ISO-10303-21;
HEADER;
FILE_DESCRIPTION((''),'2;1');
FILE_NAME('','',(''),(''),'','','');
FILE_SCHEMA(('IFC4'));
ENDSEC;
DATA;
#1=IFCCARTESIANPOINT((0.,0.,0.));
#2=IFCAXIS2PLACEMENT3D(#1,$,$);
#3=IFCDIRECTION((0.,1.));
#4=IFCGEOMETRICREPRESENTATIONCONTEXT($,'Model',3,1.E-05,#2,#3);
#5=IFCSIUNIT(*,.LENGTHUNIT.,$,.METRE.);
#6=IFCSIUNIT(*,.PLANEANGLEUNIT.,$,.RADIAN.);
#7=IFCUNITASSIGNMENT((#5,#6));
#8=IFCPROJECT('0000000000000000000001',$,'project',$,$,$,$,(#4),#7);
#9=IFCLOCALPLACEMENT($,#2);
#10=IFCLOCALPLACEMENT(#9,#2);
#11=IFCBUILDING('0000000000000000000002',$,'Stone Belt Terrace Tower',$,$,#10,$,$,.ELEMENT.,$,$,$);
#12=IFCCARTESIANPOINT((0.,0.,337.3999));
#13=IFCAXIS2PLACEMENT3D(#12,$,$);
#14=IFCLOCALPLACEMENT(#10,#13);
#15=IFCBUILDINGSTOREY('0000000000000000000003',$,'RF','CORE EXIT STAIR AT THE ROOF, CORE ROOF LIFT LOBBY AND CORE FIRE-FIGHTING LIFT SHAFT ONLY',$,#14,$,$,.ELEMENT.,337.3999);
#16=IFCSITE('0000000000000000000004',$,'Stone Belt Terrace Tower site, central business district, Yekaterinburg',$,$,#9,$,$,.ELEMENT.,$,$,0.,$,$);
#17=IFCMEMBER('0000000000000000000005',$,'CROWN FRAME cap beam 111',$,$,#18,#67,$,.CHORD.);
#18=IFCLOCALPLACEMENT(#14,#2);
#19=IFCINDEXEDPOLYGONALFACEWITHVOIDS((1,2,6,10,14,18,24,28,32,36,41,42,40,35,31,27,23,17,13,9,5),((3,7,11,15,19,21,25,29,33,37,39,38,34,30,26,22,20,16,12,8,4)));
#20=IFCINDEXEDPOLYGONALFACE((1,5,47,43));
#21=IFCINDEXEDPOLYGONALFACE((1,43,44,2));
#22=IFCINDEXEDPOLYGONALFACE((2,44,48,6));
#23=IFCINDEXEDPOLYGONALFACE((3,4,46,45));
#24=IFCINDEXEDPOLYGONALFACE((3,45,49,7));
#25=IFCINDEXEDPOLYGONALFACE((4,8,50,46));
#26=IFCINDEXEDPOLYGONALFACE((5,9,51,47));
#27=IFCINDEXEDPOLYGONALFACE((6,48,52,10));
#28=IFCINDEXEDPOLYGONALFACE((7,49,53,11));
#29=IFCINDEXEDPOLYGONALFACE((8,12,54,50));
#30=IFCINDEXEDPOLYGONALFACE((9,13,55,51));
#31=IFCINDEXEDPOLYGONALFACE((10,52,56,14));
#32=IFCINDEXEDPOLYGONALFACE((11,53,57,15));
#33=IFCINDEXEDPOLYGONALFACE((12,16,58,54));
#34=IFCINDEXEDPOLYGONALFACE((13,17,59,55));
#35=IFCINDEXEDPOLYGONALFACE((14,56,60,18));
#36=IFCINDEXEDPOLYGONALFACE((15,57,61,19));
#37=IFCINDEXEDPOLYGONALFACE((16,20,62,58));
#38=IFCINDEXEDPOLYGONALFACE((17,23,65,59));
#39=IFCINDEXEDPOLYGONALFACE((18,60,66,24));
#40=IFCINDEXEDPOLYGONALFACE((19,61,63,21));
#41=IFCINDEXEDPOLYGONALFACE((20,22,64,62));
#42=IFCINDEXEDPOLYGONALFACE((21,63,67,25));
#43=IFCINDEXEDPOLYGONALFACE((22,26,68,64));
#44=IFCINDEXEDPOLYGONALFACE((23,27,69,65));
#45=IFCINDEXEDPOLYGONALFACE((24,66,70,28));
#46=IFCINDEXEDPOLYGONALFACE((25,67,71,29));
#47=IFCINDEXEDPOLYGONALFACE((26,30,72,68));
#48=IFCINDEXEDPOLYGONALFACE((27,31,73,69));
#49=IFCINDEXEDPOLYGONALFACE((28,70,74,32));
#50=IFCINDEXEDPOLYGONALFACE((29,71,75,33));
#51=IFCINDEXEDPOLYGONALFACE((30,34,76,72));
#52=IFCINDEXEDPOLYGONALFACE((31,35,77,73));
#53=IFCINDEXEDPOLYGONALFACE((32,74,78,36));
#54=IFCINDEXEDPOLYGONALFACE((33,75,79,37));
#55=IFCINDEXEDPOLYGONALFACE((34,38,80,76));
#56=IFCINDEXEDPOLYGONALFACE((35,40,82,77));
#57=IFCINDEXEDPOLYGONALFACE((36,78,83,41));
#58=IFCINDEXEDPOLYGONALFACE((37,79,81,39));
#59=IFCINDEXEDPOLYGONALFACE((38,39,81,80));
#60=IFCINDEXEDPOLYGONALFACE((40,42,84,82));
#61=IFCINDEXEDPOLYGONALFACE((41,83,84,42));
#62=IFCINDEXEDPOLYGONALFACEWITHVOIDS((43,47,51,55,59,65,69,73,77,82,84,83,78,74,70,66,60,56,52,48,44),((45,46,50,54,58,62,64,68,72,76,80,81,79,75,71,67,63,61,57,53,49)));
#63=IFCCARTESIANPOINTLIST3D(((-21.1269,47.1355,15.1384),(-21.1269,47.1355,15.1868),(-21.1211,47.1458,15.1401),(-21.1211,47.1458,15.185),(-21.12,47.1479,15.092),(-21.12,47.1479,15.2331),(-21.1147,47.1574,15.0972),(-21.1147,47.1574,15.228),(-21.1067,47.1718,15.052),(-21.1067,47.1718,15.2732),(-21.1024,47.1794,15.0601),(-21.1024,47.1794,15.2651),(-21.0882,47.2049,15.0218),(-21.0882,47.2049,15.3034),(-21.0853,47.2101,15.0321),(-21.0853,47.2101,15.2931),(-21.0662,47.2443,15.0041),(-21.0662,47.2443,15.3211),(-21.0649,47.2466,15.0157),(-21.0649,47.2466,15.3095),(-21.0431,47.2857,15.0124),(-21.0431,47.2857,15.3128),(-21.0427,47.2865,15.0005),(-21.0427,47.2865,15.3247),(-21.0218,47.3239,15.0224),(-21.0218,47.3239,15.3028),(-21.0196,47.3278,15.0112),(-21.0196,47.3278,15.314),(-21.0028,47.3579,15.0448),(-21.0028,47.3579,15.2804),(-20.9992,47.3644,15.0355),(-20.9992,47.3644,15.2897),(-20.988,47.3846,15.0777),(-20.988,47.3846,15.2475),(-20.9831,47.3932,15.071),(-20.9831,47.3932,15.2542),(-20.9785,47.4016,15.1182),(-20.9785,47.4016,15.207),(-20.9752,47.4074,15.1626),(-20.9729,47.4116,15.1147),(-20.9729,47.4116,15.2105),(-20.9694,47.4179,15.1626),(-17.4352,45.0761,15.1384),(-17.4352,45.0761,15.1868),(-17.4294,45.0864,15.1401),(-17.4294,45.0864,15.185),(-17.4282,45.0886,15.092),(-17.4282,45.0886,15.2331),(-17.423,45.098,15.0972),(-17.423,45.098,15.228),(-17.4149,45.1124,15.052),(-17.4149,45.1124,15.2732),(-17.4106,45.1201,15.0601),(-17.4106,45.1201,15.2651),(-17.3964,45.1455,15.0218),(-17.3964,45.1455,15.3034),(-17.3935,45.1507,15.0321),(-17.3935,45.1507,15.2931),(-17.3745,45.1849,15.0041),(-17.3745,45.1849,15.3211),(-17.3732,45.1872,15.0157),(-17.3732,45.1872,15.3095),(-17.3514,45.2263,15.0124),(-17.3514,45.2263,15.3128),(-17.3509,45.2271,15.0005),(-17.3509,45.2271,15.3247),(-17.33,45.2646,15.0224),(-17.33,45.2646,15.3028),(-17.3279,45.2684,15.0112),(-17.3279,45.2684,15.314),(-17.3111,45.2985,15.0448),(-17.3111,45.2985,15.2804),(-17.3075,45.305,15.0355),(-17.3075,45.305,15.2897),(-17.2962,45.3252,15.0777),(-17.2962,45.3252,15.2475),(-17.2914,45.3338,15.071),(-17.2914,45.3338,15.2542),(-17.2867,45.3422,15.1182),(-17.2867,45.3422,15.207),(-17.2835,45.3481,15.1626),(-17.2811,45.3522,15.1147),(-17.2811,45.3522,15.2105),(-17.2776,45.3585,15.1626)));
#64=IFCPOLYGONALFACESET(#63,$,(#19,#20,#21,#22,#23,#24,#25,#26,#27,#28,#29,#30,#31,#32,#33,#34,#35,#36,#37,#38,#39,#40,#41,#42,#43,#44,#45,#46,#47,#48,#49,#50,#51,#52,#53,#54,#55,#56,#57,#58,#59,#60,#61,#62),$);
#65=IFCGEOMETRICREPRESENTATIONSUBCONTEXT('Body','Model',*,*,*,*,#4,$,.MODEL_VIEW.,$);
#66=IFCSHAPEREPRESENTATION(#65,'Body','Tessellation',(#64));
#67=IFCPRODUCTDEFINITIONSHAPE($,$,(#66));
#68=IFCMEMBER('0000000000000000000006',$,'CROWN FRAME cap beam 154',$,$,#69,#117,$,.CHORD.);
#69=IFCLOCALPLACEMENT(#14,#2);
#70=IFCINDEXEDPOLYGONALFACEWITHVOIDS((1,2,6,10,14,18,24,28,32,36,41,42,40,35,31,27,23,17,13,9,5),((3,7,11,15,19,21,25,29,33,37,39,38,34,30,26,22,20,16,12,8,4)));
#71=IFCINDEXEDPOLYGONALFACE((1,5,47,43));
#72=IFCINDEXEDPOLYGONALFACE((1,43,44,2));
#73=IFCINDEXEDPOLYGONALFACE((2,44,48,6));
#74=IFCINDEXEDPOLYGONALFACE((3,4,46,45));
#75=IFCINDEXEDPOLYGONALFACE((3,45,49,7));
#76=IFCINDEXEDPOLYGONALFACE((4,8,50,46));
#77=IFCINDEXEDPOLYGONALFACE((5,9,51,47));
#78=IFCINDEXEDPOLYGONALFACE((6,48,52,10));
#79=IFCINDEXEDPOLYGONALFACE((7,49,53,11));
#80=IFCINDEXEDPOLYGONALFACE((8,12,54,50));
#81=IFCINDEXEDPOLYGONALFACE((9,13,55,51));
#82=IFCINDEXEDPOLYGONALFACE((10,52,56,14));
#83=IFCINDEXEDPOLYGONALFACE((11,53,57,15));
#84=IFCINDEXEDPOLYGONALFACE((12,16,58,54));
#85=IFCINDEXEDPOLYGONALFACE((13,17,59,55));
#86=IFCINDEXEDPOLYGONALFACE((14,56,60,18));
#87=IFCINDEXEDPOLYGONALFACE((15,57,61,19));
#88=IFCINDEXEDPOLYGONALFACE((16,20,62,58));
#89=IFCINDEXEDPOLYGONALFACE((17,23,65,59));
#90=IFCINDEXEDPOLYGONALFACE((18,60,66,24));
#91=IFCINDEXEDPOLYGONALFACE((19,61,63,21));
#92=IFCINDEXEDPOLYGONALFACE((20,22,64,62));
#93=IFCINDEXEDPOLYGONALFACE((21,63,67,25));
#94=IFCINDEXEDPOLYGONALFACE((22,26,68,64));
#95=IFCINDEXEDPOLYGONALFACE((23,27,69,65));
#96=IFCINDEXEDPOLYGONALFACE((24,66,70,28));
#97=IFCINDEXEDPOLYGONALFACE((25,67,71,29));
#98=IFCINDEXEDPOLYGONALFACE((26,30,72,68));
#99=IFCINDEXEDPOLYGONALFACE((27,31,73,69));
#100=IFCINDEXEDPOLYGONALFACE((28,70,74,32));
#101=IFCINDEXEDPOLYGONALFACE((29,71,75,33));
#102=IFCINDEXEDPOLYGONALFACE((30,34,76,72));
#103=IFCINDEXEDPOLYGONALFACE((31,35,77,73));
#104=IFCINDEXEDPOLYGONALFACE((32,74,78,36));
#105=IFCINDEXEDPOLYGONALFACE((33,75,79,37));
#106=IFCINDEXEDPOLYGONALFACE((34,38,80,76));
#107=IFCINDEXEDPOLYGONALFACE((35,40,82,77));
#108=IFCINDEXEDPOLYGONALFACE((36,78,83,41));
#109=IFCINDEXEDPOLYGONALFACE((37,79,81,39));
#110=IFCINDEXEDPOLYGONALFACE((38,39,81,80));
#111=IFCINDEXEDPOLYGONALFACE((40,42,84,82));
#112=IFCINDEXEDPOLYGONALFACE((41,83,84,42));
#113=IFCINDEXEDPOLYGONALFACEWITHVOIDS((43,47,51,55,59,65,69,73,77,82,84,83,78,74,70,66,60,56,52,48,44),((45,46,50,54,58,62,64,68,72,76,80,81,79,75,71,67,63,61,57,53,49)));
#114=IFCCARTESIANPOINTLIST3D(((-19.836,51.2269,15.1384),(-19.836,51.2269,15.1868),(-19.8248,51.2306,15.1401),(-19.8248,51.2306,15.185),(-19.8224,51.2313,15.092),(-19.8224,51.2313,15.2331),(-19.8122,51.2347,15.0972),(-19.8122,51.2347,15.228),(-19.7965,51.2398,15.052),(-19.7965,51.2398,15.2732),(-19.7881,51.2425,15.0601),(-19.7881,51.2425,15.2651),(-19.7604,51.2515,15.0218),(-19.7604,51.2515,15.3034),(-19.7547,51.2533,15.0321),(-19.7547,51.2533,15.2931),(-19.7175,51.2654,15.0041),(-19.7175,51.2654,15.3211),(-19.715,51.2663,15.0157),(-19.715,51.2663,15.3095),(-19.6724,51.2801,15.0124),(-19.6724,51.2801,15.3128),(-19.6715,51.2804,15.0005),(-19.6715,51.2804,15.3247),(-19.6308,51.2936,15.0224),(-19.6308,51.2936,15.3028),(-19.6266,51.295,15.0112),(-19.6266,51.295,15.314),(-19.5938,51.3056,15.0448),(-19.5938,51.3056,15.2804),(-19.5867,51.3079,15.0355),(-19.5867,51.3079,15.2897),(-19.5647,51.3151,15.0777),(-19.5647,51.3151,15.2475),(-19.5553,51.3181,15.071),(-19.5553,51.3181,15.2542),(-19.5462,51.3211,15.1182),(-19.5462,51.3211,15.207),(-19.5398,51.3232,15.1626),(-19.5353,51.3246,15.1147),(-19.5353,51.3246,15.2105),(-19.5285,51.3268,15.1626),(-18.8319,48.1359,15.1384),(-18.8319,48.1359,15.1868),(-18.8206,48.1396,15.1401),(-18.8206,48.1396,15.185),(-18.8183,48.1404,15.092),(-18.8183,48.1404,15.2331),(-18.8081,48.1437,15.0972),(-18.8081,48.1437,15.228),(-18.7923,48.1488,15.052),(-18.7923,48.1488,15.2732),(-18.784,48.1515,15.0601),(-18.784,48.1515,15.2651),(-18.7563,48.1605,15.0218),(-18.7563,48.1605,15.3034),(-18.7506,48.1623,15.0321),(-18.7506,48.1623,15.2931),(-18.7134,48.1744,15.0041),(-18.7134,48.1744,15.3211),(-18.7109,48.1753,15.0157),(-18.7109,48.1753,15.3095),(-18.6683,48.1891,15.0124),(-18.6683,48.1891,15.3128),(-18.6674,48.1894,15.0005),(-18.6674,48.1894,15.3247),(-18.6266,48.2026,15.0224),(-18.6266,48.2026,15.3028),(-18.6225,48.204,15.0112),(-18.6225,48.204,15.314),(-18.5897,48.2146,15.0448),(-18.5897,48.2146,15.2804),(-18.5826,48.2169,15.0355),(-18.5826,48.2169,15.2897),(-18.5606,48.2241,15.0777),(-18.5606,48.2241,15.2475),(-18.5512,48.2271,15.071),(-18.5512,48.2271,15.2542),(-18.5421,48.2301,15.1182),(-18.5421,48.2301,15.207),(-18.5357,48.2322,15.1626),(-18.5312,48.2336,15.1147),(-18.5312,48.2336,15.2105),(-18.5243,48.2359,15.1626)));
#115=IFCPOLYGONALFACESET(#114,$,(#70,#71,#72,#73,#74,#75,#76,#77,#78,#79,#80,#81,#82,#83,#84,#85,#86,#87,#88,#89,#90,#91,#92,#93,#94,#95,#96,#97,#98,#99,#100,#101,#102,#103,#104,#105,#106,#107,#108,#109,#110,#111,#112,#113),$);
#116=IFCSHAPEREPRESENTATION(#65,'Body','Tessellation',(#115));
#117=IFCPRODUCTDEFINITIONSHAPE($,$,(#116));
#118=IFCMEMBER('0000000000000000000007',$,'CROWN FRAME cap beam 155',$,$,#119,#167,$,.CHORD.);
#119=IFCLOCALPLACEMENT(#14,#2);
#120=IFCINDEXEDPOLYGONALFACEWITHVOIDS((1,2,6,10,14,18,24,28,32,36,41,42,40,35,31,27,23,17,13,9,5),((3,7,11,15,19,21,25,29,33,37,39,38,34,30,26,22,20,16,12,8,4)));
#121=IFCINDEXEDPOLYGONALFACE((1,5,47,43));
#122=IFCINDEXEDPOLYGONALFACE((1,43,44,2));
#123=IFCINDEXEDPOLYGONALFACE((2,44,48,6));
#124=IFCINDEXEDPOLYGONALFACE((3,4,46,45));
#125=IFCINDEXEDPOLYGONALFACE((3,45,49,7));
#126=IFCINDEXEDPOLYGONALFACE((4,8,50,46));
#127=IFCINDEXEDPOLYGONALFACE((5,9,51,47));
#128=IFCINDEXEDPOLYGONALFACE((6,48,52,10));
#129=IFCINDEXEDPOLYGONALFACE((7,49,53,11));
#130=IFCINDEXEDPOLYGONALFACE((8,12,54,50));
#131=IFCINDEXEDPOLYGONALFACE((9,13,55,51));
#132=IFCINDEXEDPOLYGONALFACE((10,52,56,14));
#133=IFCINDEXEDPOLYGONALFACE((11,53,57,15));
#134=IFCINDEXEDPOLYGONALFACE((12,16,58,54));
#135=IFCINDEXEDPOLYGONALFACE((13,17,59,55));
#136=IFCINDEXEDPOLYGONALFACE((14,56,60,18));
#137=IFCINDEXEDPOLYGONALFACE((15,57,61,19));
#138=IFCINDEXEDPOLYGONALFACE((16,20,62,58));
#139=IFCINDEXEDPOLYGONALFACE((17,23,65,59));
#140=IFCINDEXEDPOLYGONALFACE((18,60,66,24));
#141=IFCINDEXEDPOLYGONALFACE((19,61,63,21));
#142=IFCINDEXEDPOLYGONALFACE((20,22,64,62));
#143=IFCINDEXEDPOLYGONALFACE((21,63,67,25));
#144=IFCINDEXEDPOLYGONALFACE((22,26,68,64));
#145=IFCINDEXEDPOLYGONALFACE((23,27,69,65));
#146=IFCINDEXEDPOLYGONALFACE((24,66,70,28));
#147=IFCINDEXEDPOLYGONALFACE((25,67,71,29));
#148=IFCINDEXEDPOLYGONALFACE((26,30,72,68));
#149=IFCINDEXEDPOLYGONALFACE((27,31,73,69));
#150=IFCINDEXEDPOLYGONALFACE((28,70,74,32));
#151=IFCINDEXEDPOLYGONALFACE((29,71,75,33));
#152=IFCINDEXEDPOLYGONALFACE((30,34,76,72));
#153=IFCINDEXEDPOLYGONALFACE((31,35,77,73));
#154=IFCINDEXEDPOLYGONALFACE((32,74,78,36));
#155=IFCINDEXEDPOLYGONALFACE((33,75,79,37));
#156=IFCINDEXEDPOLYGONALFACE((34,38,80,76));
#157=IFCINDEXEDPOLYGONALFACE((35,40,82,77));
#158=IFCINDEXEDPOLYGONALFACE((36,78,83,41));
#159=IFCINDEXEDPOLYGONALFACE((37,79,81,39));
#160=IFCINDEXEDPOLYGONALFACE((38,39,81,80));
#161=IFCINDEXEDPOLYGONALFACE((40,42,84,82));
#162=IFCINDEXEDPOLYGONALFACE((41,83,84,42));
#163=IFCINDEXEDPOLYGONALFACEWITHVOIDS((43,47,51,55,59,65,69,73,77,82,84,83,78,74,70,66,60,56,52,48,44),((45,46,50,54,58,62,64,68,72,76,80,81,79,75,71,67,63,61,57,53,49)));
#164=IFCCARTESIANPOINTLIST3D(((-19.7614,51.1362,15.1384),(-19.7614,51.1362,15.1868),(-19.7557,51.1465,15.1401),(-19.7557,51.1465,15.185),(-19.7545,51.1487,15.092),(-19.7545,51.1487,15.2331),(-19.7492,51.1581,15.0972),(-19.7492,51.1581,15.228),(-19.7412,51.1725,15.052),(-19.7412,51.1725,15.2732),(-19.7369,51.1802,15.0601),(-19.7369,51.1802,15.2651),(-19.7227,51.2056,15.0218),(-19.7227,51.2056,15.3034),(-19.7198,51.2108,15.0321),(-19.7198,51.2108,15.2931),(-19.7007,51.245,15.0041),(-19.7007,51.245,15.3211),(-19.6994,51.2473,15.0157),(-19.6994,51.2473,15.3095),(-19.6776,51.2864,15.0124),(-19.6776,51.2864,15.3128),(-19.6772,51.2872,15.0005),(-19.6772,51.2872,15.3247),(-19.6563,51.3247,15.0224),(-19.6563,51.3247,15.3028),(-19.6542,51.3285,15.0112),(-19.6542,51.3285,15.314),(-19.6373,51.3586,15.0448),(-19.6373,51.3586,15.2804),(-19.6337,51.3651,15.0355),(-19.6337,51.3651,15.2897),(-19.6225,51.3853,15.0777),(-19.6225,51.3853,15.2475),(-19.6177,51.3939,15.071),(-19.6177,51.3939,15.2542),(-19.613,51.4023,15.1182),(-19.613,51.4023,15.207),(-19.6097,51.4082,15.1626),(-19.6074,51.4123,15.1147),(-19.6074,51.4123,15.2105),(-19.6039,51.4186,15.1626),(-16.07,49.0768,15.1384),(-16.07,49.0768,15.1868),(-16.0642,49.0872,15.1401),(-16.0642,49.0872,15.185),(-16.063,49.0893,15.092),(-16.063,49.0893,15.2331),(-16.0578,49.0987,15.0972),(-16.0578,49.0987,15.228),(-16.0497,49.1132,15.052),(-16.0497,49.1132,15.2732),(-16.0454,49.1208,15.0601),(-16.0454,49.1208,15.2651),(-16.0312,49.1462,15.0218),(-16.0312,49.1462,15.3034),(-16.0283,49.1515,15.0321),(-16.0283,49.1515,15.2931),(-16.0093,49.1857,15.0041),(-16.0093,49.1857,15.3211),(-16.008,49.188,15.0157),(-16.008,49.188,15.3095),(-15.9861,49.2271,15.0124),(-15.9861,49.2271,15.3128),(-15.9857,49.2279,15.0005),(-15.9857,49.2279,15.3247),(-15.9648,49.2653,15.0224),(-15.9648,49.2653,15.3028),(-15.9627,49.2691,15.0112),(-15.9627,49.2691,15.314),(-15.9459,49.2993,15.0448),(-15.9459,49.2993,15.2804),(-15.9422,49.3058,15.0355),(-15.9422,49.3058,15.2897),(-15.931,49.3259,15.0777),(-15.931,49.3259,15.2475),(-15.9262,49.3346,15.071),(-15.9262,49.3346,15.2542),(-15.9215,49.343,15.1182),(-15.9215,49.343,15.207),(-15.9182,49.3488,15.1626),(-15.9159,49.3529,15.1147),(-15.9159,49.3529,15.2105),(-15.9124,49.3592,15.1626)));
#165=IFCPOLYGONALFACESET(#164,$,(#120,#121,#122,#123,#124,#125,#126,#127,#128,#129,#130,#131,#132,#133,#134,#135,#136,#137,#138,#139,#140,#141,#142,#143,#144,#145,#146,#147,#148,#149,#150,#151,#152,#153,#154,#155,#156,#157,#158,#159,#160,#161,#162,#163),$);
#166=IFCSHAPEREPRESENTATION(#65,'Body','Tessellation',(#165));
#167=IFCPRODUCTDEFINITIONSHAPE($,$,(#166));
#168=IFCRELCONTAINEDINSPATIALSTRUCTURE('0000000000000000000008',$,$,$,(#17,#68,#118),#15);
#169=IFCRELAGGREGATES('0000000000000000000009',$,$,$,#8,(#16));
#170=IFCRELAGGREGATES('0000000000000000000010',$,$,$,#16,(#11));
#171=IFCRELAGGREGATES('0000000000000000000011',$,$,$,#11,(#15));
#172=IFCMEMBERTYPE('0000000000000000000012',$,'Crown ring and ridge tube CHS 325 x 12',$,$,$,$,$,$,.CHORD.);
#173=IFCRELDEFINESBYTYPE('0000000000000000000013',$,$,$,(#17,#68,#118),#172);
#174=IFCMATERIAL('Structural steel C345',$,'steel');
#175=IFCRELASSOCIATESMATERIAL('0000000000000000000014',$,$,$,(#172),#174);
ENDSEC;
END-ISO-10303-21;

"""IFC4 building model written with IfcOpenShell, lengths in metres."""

from ifc_helpers import new_model, si_unit, direction, frame, origin, origin_2d, place, context, subcontext, project, spatial, hollow_circle, extrude, material, material_profile, profile_set, type_object, element, save


model = new_model("IFC4")

# Units and contexts
model_context = context("Model", 3, precision=1e-05, world=origin(), true_north=direction((0.0, 1.0)))
body_context = subcontext(model_context, "Body", "Model", "MODEL_VIEW")
ifc_project = project(units=[si_unit("LENGTHUNIT", "METRE"), si_unit("PLANEANGLEUNIT", "RADIAN")], contexts=[model_context])

# Site, building, storey
site_placement = place(None, origin())
site = spatial("IfcSite", under=ifc_project, at=site_placement, Name="Stone Belt Terrace Tower site, central business district, Yekaterinburg", CompositionType="ELEMENT", RefElevation=0.0)
building_placement = place(site_placement, origin())
building = spatial("IfcBuilding", under=site, at=building_placement, Name="Stone Belt Terrace Tower", CompositionType="ELEMENT")
storey_placement = place(building_placement, frame((0.0, 0.0, 337.3999)))
storey = spatial("IfcBuildingStorey", under=building, at=storey_placement, Name="RF", Description="CORE EXIT STAIR AT THE ROOF, CORE ROOF LIFT LOBBY AND CORE FIRE-FIGHTING LIFT SHAFT ONLY", CompositionType="ELEMENT", Elevation=337.3999)

# Members
ifc_material_1 = material(Name="Structural steel C345", Category="steel")
ifc_material_profile_1 = material_profile(ifc_material_1, hollow_circle(Radius=0.1626, WallThickness=0.012, at=origin_2d()), Name="Structural steel C345 CHS 325x12")
ifc_profile_set_1 = profile_set([ifc_material_profile_1], Name="Structural steel C345")
member_type_1 = type_object("IfcMemberType", Name="Crown ring and ridge tube CHS 325 x 12", PredefinedType="CHORD", material=ifc_profile_set_1)
member_1_placement = place(storey_placement, frame((-21.0486, 47.2759, 15.1626), z_axis=(0.873311, -0.487162, 0.0), x_axis=(0.487162, 0.873311, 0.0)))
element("IfcMember", 1, at=member_1_placement, inside=storey, type_object=member_type_1, Name="CROWN FRAME cap beam 111", PredefinedType="CHORD", context=body_context, shape_type="SweptSolid", body=[
    extrude(hollow_circle(Radius=0.1626, WallThickness=0.012, at=origin_2d()), origin(), (0.0, 0.0, 1.0), 4.2273),
])
member_2_placement = place(storey_placement, frame((-19.6831, 51.2766, 15.1626), z_axis=(0.308962, -0.951074, 0.0), x_axis=(0.951074, 0.308962, 0.0)))
element("IfcMember", 2, at=member_2_placement, inside=storey, type_object=member_type_1, Name="CROWN FRAME cap beam 154", PredefinedType="CHORD", context=body_context, shape_type="SweptSolid", body=[
    extrude(hollow_circle(Radius=0.1626, WallThickness=0.012, at=origin_2d()), origin(), (0.0, 0.0, 1.0), 3.25),
])
member_3_placement = place(storey_placement, frame((-19.6831, 51.2766, 15.1626), z_axis=(0.873298, -0.487187, 0.0), x_axis=(0.487187, 0.873298, 0.0)))
element("IfcMember", 3, at=member_3_placement, inside=storey, type_object=member_type_1, Name="CROWN FRAME cap beam 155", PredefinedType="CHORD", context=body_context, shape_type="SweptSolid", body=[
    extrude(hollow_circle(Radius=0.1626, WallThickness=0.012, at=origin_2d()), origin(), (0.0, 0.0, 1.0), 4.2271),
])

save(model, "model.ifc")
